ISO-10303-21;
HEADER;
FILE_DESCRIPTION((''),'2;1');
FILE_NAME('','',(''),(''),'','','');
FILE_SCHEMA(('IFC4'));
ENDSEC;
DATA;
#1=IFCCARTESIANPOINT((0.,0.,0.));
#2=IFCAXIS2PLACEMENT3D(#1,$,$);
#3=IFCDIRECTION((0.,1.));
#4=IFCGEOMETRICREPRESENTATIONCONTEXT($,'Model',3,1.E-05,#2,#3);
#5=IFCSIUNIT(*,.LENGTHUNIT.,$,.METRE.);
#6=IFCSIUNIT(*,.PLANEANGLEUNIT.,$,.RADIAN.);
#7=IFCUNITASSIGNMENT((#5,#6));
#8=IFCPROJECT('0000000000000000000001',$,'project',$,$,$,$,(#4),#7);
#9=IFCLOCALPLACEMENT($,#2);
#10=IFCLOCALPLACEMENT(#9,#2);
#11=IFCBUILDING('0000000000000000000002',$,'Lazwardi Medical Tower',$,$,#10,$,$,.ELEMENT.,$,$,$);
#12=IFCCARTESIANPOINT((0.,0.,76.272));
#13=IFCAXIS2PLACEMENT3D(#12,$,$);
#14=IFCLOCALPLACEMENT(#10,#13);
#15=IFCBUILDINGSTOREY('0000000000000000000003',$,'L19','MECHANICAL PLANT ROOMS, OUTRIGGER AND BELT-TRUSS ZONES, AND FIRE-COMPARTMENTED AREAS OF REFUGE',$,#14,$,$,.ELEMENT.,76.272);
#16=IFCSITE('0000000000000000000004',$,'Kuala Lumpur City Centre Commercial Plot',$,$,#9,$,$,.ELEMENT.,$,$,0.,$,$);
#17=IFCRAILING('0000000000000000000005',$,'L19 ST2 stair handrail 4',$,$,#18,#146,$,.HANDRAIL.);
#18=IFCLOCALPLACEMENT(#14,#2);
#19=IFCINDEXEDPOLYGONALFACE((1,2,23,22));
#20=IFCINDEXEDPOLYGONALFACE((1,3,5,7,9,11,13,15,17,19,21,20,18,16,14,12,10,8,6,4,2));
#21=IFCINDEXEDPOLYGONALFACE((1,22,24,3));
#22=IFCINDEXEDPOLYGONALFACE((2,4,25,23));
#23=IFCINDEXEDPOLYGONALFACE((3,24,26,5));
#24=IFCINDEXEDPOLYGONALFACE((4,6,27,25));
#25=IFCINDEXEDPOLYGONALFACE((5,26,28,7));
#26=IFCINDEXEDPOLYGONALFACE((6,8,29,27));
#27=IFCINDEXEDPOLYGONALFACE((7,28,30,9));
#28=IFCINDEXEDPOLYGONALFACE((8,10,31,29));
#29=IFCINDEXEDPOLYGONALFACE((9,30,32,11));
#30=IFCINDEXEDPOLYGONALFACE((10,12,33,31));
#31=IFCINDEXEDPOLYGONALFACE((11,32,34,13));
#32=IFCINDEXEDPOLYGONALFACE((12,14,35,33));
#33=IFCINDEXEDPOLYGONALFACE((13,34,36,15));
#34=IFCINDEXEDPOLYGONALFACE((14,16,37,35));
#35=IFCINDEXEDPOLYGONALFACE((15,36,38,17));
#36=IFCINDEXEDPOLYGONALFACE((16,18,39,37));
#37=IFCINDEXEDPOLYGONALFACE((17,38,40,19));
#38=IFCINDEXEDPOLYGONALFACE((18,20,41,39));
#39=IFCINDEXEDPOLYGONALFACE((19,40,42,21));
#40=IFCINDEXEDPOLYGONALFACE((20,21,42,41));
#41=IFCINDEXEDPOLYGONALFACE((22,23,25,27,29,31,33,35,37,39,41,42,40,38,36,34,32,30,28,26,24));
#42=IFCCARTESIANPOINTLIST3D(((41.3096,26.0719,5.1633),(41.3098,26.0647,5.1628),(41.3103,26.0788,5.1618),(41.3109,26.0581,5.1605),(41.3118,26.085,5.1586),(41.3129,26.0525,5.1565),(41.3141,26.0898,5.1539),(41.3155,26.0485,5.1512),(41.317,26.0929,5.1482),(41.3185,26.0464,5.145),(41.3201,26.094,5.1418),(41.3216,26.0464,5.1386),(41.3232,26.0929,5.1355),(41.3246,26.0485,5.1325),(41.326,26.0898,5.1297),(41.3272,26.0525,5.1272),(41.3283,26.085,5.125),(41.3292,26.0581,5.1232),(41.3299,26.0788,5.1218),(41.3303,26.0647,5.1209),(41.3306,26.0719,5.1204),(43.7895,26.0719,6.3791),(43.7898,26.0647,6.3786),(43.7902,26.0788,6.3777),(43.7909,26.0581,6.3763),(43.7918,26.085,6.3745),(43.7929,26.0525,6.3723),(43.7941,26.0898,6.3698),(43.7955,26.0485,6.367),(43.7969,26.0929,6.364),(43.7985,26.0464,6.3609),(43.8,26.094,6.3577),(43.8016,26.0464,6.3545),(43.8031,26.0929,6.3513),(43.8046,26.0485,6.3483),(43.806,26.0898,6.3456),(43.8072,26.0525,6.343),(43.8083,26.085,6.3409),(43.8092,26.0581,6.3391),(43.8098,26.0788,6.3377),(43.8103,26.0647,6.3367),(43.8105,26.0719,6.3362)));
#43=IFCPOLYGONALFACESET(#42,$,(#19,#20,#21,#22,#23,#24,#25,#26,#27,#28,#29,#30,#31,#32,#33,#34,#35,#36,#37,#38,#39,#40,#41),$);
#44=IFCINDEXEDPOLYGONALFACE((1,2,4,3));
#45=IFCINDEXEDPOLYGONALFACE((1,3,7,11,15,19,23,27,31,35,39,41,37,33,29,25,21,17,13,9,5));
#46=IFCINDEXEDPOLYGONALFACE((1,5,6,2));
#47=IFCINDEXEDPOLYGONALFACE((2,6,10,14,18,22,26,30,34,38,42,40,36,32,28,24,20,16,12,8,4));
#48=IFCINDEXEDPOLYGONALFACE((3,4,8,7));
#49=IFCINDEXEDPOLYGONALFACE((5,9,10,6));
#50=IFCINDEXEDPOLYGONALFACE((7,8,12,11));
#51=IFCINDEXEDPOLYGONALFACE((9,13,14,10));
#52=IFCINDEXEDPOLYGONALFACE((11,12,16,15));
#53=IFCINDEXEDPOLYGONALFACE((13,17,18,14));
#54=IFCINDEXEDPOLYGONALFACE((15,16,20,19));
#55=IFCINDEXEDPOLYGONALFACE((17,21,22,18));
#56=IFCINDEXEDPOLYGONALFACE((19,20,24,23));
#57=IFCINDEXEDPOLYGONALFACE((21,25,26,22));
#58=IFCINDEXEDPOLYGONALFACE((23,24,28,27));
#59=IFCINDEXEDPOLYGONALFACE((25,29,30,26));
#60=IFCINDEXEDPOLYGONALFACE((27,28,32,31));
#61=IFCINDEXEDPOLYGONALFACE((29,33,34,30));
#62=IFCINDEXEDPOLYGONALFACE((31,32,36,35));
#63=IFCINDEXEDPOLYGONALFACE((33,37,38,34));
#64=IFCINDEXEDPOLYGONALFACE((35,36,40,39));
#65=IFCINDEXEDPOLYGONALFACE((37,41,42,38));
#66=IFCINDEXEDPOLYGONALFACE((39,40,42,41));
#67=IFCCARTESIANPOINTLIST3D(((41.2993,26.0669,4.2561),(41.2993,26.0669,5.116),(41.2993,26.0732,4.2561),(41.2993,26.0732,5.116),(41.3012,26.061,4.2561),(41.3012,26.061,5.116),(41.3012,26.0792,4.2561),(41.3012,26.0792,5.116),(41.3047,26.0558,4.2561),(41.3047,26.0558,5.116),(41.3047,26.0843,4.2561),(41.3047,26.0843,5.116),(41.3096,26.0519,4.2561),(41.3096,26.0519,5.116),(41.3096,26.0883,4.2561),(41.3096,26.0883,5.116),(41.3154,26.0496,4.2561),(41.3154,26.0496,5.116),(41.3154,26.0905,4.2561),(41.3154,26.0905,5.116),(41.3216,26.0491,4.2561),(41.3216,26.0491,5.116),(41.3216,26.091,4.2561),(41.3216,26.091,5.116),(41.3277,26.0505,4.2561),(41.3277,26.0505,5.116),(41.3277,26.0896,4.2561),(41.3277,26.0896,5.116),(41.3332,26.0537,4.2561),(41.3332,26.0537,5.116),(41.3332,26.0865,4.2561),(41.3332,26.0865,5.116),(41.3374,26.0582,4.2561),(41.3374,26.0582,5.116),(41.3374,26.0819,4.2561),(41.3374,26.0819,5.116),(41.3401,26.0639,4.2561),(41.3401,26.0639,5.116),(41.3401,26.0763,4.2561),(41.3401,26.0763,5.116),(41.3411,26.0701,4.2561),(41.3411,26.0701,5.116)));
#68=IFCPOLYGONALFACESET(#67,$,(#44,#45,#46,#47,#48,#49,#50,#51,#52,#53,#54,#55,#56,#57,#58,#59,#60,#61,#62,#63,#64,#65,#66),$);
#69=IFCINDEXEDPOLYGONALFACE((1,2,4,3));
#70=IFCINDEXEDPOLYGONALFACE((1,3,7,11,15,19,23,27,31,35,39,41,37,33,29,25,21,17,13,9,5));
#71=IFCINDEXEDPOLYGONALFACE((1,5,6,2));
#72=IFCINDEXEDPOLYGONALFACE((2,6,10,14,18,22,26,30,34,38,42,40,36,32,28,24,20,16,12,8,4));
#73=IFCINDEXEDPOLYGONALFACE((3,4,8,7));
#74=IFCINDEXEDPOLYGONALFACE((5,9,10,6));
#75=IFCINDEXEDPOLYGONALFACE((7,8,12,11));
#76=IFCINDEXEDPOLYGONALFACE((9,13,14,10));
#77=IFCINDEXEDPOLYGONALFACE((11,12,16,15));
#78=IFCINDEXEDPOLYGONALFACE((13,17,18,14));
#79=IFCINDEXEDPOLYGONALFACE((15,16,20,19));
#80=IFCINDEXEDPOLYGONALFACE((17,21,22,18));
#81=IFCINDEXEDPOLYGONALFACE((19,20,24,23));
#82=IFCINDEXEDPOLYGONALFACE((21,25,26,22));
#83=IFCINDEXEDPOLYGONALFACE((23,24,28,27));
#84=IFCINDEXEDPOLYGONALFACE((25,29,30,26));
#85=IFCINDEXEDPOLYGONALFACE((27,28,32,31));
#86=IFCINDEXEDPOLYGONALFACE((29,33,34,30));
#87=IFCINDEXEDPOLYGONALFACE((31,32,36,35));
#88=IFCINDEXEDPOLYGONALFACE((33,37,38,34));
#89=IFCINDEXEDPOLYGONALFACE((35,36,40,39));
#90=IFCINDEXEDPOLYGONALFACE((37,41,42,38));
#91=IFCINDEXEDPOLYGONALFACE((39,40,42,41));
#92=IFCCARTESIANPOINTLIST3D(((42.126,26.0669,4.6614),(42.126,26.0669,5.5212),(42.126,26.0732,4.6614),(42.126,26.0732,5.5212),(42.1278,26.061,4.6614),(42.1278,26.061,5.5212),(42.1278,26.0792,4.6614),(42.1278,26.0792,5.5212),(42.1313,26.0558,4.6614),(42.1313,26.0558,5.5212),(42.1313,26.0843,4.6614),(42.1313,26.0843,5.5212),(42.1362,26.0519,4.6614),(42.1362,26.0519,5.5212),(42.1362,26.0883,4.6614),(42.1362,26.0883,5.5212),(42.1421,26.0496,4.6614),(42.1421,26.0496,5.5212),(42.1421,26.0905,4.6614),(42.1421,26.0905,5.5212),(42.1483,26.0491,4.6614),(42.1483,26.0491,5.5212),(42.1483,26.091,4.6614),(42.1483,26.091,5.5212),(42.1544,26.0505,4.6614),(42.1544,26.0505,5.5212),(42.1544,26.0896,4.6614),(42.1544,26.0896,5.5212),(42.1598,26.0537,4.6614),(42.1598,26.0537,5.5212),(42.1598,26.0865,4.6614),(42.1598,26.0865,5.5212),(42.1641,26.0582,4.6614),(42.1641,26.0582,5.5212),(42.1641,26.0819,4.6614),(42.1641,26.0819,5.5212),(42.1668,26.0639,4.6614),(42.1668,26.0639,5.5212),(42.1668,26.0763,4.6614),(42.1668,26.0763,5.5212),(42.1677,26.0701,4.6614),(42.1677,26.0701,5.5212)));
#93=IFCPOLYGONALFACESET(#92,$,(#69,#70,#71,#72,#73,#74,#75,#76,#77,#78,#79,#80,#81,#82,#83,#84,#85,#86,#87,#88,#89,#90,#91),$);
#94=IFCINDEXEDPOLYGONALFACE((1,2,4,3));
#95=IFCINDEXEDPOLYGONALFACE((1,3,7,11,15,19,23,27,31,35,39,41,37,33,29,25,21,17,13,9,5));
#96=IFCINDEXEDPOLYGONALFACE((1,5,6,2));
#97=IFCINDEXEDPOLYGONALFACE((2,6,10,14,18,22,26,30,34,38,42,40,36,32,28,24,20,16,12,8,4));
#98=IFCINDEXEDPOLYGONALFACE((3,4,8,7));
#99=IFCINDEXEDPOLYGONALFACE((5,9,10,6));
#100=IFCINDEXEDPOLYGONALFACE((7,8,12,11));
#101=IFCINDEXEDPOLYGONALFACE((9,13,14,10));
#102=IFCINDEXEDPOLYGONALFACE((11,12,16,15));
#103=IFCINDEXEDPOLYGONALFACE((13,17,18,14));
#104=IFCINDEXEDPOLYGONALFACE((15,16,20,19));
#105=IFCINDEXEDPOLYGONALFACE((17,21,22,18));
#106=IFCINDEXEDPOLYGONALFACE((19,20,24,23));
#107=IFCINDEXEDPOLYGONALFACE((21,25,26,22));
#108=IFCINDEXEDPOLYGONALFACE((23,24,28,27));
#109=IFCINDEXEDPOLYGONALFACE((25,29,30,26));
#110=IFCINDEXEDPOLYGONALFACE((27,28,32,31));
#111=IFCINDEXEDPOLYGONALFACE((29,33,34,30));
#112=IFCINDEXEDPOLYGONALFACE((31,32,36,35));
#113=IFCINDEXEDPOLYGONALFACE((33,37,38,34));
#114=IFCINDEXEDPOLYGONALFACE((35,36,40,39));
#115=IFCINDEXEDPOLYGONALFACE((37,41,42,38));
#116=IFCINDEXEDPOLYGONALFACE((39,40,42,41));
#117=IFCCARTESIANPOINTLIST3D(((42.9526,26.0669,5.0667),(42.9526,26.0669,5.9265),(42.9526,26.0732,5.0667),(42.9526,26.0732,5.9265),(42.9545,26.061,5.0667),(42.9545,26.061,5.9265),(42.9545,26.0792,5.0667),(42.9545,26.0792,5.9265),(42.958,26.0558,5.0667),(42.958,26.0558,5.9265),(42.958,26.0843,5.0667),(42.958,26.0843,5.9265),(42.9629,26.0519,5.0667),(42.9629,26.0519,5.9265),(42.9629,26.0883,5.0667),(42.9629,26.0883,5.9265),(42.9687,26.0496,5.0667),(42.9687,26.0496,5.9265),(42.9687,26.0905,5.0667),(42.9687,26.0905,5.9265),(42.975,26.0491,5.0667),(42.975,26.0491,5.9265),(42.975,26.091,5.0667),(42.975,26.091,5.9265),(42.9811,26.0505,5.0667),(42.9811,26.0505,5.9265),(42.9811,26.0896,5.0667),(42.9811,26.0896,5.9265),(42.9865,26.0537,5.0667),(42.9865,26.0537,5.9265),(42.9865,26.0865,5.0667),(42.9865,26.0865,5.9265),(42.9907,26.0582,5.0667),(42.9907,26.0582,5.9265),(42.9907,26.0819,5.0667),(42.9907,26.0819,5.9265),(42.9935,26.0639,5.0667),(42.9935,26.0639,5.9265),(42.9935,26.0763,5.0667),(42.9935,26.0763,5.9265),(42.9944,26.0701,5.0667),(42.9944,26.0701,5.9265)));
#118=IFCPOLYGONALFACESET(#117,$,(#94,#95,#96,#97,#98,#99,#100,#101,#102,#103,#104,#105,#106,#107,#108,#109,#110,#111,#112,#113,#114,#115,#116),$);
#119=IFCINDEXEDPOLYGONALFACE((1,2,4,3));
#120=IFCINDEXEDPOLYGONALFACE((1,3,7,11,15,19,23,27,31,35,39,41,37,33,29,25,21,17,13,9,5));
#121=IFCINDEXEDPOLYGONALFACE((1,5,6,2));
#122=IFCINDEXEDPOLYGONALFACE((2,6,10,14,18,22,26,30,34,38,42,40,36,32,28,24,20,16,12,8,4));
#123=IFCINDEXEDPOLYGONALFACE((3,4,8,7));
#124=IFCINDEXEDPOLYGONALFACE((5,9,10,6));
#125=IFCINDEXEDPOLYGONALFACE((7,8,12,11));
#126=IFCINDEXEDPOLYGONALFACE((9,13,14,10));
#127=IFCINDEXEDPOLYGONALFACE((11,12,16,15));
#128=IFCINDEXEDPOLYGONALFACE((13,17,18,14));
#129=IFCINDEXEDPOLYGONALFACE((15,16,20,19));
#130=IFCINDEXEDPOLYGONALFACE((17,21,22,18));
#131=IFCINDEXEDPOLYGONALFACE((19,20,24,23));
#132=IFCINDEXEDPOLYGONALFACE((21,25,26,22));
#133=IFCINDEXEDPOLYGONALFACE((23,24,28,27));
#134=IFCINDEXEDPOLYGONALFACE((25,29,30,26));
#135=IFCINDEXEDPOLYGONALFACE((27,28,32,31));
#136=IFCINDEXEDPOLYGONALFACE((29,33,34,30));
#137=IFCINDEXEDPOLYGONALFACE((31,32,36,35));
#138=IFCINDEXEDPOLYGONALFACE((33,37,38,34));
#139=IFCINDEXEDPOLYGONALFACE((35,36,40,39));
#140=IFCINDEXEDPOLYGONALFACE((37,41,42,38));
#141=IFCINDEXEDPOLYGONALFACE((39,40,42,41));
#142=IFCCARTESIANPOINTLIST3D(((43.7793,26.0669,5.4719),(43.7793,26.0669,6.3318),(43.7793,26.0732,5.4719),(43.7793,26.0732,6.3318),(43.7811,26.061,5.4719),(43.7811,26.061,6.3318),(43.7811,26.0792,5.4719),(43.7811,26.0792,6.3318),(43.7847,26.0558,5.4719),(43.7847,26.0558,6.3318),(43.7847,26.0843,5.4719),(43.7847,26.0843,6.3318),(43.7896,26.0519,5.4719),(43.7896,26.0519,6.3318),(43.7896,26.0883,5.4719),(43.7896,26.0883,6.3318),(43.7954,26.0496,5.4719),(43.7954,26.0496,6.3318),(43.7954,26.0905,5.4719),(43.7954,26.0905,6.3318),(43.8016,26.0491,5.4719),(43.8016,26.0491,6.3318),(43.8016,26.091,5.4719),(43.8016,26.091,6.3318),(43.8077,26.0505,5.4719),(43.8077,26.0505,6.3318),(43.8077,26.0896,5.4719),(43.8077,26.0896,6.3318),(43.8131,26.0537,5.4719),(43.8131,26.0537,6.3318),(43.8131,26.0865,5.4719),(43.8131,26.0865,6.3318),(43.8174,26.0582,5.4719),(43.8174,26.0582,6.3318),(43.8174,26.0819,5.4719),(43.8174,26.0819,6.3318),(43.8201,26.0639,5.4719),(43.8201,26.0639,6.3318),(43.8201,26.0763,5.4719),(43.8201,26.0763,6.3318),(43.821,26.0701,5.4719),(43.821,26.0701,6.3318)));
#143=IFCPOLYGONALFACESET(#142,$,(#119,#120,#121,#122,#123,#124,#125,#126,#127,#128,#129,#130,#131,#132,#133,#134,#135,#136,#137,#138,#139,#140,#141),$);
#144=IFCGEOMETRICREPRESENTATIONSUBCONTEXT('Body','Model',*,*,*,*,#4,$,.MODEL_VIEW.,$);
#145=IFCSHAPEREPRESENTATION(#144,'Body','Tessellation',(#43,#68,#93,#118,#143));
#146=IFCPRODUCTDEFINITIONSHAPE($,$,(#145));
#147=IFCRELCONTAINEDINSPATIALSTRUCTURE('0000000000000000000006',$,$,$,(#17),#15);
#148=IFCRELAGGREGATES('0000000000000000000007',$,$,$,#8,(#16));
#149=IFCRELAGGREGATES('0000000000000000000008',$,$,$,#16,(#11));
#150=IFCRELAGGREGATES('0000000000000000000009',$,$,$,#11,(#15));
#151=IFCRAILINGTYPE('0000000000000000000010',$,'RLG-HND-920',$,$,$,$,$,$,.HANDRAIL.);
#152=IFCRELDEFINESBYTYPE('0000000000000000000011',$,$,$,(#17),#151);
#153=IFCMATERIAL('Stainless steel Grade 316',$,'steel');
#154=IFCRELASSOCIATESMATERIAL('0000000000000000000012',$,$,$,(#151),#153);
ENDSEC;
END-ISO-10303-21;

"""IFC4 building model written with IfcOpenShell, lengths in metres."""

from ifc_helpers import new_model, si_unit, direction, frame, origin, origin_2d, place, context, subcontext, project, spatial, circle, extrude, material, type_object, element, save


model = new_model("IFC4")

# Units and contexts
model_context = context("Model", 3, precision=1e-05, world=origin(), true_north=direction((0.0, 1.0)))
body_context = subcontext(model_context, "Body", "Model", "MODEL_VIEW")
ifc_project = project(units=[si_unit("LENGTHUNIT", "METRE"), si_unit("PLANEANGLEUNIT", "RADIAN")], contexts=[model_context])

# Site, building, storey
site_placement = place(None, origin())
site = spatial("IfcSite", under=ifc_project, at=site_placement, Name="Kuala Lumpur City Centre Commercial Plot", CompositionType="ELEMENT", RefElevation=0.0)
building_placement = place(site_placement, origin())
building = spatial("IfcBuilding", under=site, at=building_placement, Name="Lazwardi Medical Tower", CompositionType="ELEMENT")
storey_placement = place(building_placement, frame((0.0, 0.0, 76.272)))
storey = spatial("IfcBuildingStorey", under=building, at=storey_placement, Name="L19", Description="MECHANICAL PLANT ROOMS, OUTRIGGER AND BELT-TRUSS ZONES, AND FIRE-COMPARTMENTED AREAS OF REFUGE", CompositionType="ELEMENT", Elevation=76.272)

# Railing
ifc_material_1 = material(Name="Stainless steel Grade 316", Category="steel")
railing_type_1 = type_object("IfcRailingType", Name="RLG-HND-920", PredefinedType="HANDRAIL", material=ifc_material_1)
railing_1_placement = place(storey_placement, frame((41.3201, 26.0701, 4.2561)))
element("IfcRailing", 1, at=railing_1_placement, inside=storey, type_object=railing_type_1, Name="L19 ST2 stair handrail 4", PredefinedType="HANDRAIL", context=body_context, shape_type="SweptSolid", body=[
    extrude(circle(Radius=0.0239, at=origin_2d()), frame((0.0, 0.0, 0.8857), z_axis=(0.8979, 0.0, 0.440199), x_axis=(0.0, 1.0, 0.0)), (0.0, 0.0, 1.0), 2.762),
    extrude(circle(Radius=0.021, at=origin_2d()), origin(), (0.0, 0.0, 1.0), 0.8599),
    extrude(circle(Radius=0.021, at=origin_2d()), frame((0.8267, 0.0, 0.4053)), (0.0, 0.0, 1.0), 0.8599),
    extrude(circle(Radius=0.021, at=origin_2d()), frame((1.6533, 0.0, 0.8105)), (0.0, 0.0, 1.0), 0.8599),
    extrude(circle(Radius=0.021, at=origin_2d()), frame((2.48, 0.0, 1.2158)), (0.0, 0.0, 1.0), 0.8599),
])

save(model, "model.ifc")
